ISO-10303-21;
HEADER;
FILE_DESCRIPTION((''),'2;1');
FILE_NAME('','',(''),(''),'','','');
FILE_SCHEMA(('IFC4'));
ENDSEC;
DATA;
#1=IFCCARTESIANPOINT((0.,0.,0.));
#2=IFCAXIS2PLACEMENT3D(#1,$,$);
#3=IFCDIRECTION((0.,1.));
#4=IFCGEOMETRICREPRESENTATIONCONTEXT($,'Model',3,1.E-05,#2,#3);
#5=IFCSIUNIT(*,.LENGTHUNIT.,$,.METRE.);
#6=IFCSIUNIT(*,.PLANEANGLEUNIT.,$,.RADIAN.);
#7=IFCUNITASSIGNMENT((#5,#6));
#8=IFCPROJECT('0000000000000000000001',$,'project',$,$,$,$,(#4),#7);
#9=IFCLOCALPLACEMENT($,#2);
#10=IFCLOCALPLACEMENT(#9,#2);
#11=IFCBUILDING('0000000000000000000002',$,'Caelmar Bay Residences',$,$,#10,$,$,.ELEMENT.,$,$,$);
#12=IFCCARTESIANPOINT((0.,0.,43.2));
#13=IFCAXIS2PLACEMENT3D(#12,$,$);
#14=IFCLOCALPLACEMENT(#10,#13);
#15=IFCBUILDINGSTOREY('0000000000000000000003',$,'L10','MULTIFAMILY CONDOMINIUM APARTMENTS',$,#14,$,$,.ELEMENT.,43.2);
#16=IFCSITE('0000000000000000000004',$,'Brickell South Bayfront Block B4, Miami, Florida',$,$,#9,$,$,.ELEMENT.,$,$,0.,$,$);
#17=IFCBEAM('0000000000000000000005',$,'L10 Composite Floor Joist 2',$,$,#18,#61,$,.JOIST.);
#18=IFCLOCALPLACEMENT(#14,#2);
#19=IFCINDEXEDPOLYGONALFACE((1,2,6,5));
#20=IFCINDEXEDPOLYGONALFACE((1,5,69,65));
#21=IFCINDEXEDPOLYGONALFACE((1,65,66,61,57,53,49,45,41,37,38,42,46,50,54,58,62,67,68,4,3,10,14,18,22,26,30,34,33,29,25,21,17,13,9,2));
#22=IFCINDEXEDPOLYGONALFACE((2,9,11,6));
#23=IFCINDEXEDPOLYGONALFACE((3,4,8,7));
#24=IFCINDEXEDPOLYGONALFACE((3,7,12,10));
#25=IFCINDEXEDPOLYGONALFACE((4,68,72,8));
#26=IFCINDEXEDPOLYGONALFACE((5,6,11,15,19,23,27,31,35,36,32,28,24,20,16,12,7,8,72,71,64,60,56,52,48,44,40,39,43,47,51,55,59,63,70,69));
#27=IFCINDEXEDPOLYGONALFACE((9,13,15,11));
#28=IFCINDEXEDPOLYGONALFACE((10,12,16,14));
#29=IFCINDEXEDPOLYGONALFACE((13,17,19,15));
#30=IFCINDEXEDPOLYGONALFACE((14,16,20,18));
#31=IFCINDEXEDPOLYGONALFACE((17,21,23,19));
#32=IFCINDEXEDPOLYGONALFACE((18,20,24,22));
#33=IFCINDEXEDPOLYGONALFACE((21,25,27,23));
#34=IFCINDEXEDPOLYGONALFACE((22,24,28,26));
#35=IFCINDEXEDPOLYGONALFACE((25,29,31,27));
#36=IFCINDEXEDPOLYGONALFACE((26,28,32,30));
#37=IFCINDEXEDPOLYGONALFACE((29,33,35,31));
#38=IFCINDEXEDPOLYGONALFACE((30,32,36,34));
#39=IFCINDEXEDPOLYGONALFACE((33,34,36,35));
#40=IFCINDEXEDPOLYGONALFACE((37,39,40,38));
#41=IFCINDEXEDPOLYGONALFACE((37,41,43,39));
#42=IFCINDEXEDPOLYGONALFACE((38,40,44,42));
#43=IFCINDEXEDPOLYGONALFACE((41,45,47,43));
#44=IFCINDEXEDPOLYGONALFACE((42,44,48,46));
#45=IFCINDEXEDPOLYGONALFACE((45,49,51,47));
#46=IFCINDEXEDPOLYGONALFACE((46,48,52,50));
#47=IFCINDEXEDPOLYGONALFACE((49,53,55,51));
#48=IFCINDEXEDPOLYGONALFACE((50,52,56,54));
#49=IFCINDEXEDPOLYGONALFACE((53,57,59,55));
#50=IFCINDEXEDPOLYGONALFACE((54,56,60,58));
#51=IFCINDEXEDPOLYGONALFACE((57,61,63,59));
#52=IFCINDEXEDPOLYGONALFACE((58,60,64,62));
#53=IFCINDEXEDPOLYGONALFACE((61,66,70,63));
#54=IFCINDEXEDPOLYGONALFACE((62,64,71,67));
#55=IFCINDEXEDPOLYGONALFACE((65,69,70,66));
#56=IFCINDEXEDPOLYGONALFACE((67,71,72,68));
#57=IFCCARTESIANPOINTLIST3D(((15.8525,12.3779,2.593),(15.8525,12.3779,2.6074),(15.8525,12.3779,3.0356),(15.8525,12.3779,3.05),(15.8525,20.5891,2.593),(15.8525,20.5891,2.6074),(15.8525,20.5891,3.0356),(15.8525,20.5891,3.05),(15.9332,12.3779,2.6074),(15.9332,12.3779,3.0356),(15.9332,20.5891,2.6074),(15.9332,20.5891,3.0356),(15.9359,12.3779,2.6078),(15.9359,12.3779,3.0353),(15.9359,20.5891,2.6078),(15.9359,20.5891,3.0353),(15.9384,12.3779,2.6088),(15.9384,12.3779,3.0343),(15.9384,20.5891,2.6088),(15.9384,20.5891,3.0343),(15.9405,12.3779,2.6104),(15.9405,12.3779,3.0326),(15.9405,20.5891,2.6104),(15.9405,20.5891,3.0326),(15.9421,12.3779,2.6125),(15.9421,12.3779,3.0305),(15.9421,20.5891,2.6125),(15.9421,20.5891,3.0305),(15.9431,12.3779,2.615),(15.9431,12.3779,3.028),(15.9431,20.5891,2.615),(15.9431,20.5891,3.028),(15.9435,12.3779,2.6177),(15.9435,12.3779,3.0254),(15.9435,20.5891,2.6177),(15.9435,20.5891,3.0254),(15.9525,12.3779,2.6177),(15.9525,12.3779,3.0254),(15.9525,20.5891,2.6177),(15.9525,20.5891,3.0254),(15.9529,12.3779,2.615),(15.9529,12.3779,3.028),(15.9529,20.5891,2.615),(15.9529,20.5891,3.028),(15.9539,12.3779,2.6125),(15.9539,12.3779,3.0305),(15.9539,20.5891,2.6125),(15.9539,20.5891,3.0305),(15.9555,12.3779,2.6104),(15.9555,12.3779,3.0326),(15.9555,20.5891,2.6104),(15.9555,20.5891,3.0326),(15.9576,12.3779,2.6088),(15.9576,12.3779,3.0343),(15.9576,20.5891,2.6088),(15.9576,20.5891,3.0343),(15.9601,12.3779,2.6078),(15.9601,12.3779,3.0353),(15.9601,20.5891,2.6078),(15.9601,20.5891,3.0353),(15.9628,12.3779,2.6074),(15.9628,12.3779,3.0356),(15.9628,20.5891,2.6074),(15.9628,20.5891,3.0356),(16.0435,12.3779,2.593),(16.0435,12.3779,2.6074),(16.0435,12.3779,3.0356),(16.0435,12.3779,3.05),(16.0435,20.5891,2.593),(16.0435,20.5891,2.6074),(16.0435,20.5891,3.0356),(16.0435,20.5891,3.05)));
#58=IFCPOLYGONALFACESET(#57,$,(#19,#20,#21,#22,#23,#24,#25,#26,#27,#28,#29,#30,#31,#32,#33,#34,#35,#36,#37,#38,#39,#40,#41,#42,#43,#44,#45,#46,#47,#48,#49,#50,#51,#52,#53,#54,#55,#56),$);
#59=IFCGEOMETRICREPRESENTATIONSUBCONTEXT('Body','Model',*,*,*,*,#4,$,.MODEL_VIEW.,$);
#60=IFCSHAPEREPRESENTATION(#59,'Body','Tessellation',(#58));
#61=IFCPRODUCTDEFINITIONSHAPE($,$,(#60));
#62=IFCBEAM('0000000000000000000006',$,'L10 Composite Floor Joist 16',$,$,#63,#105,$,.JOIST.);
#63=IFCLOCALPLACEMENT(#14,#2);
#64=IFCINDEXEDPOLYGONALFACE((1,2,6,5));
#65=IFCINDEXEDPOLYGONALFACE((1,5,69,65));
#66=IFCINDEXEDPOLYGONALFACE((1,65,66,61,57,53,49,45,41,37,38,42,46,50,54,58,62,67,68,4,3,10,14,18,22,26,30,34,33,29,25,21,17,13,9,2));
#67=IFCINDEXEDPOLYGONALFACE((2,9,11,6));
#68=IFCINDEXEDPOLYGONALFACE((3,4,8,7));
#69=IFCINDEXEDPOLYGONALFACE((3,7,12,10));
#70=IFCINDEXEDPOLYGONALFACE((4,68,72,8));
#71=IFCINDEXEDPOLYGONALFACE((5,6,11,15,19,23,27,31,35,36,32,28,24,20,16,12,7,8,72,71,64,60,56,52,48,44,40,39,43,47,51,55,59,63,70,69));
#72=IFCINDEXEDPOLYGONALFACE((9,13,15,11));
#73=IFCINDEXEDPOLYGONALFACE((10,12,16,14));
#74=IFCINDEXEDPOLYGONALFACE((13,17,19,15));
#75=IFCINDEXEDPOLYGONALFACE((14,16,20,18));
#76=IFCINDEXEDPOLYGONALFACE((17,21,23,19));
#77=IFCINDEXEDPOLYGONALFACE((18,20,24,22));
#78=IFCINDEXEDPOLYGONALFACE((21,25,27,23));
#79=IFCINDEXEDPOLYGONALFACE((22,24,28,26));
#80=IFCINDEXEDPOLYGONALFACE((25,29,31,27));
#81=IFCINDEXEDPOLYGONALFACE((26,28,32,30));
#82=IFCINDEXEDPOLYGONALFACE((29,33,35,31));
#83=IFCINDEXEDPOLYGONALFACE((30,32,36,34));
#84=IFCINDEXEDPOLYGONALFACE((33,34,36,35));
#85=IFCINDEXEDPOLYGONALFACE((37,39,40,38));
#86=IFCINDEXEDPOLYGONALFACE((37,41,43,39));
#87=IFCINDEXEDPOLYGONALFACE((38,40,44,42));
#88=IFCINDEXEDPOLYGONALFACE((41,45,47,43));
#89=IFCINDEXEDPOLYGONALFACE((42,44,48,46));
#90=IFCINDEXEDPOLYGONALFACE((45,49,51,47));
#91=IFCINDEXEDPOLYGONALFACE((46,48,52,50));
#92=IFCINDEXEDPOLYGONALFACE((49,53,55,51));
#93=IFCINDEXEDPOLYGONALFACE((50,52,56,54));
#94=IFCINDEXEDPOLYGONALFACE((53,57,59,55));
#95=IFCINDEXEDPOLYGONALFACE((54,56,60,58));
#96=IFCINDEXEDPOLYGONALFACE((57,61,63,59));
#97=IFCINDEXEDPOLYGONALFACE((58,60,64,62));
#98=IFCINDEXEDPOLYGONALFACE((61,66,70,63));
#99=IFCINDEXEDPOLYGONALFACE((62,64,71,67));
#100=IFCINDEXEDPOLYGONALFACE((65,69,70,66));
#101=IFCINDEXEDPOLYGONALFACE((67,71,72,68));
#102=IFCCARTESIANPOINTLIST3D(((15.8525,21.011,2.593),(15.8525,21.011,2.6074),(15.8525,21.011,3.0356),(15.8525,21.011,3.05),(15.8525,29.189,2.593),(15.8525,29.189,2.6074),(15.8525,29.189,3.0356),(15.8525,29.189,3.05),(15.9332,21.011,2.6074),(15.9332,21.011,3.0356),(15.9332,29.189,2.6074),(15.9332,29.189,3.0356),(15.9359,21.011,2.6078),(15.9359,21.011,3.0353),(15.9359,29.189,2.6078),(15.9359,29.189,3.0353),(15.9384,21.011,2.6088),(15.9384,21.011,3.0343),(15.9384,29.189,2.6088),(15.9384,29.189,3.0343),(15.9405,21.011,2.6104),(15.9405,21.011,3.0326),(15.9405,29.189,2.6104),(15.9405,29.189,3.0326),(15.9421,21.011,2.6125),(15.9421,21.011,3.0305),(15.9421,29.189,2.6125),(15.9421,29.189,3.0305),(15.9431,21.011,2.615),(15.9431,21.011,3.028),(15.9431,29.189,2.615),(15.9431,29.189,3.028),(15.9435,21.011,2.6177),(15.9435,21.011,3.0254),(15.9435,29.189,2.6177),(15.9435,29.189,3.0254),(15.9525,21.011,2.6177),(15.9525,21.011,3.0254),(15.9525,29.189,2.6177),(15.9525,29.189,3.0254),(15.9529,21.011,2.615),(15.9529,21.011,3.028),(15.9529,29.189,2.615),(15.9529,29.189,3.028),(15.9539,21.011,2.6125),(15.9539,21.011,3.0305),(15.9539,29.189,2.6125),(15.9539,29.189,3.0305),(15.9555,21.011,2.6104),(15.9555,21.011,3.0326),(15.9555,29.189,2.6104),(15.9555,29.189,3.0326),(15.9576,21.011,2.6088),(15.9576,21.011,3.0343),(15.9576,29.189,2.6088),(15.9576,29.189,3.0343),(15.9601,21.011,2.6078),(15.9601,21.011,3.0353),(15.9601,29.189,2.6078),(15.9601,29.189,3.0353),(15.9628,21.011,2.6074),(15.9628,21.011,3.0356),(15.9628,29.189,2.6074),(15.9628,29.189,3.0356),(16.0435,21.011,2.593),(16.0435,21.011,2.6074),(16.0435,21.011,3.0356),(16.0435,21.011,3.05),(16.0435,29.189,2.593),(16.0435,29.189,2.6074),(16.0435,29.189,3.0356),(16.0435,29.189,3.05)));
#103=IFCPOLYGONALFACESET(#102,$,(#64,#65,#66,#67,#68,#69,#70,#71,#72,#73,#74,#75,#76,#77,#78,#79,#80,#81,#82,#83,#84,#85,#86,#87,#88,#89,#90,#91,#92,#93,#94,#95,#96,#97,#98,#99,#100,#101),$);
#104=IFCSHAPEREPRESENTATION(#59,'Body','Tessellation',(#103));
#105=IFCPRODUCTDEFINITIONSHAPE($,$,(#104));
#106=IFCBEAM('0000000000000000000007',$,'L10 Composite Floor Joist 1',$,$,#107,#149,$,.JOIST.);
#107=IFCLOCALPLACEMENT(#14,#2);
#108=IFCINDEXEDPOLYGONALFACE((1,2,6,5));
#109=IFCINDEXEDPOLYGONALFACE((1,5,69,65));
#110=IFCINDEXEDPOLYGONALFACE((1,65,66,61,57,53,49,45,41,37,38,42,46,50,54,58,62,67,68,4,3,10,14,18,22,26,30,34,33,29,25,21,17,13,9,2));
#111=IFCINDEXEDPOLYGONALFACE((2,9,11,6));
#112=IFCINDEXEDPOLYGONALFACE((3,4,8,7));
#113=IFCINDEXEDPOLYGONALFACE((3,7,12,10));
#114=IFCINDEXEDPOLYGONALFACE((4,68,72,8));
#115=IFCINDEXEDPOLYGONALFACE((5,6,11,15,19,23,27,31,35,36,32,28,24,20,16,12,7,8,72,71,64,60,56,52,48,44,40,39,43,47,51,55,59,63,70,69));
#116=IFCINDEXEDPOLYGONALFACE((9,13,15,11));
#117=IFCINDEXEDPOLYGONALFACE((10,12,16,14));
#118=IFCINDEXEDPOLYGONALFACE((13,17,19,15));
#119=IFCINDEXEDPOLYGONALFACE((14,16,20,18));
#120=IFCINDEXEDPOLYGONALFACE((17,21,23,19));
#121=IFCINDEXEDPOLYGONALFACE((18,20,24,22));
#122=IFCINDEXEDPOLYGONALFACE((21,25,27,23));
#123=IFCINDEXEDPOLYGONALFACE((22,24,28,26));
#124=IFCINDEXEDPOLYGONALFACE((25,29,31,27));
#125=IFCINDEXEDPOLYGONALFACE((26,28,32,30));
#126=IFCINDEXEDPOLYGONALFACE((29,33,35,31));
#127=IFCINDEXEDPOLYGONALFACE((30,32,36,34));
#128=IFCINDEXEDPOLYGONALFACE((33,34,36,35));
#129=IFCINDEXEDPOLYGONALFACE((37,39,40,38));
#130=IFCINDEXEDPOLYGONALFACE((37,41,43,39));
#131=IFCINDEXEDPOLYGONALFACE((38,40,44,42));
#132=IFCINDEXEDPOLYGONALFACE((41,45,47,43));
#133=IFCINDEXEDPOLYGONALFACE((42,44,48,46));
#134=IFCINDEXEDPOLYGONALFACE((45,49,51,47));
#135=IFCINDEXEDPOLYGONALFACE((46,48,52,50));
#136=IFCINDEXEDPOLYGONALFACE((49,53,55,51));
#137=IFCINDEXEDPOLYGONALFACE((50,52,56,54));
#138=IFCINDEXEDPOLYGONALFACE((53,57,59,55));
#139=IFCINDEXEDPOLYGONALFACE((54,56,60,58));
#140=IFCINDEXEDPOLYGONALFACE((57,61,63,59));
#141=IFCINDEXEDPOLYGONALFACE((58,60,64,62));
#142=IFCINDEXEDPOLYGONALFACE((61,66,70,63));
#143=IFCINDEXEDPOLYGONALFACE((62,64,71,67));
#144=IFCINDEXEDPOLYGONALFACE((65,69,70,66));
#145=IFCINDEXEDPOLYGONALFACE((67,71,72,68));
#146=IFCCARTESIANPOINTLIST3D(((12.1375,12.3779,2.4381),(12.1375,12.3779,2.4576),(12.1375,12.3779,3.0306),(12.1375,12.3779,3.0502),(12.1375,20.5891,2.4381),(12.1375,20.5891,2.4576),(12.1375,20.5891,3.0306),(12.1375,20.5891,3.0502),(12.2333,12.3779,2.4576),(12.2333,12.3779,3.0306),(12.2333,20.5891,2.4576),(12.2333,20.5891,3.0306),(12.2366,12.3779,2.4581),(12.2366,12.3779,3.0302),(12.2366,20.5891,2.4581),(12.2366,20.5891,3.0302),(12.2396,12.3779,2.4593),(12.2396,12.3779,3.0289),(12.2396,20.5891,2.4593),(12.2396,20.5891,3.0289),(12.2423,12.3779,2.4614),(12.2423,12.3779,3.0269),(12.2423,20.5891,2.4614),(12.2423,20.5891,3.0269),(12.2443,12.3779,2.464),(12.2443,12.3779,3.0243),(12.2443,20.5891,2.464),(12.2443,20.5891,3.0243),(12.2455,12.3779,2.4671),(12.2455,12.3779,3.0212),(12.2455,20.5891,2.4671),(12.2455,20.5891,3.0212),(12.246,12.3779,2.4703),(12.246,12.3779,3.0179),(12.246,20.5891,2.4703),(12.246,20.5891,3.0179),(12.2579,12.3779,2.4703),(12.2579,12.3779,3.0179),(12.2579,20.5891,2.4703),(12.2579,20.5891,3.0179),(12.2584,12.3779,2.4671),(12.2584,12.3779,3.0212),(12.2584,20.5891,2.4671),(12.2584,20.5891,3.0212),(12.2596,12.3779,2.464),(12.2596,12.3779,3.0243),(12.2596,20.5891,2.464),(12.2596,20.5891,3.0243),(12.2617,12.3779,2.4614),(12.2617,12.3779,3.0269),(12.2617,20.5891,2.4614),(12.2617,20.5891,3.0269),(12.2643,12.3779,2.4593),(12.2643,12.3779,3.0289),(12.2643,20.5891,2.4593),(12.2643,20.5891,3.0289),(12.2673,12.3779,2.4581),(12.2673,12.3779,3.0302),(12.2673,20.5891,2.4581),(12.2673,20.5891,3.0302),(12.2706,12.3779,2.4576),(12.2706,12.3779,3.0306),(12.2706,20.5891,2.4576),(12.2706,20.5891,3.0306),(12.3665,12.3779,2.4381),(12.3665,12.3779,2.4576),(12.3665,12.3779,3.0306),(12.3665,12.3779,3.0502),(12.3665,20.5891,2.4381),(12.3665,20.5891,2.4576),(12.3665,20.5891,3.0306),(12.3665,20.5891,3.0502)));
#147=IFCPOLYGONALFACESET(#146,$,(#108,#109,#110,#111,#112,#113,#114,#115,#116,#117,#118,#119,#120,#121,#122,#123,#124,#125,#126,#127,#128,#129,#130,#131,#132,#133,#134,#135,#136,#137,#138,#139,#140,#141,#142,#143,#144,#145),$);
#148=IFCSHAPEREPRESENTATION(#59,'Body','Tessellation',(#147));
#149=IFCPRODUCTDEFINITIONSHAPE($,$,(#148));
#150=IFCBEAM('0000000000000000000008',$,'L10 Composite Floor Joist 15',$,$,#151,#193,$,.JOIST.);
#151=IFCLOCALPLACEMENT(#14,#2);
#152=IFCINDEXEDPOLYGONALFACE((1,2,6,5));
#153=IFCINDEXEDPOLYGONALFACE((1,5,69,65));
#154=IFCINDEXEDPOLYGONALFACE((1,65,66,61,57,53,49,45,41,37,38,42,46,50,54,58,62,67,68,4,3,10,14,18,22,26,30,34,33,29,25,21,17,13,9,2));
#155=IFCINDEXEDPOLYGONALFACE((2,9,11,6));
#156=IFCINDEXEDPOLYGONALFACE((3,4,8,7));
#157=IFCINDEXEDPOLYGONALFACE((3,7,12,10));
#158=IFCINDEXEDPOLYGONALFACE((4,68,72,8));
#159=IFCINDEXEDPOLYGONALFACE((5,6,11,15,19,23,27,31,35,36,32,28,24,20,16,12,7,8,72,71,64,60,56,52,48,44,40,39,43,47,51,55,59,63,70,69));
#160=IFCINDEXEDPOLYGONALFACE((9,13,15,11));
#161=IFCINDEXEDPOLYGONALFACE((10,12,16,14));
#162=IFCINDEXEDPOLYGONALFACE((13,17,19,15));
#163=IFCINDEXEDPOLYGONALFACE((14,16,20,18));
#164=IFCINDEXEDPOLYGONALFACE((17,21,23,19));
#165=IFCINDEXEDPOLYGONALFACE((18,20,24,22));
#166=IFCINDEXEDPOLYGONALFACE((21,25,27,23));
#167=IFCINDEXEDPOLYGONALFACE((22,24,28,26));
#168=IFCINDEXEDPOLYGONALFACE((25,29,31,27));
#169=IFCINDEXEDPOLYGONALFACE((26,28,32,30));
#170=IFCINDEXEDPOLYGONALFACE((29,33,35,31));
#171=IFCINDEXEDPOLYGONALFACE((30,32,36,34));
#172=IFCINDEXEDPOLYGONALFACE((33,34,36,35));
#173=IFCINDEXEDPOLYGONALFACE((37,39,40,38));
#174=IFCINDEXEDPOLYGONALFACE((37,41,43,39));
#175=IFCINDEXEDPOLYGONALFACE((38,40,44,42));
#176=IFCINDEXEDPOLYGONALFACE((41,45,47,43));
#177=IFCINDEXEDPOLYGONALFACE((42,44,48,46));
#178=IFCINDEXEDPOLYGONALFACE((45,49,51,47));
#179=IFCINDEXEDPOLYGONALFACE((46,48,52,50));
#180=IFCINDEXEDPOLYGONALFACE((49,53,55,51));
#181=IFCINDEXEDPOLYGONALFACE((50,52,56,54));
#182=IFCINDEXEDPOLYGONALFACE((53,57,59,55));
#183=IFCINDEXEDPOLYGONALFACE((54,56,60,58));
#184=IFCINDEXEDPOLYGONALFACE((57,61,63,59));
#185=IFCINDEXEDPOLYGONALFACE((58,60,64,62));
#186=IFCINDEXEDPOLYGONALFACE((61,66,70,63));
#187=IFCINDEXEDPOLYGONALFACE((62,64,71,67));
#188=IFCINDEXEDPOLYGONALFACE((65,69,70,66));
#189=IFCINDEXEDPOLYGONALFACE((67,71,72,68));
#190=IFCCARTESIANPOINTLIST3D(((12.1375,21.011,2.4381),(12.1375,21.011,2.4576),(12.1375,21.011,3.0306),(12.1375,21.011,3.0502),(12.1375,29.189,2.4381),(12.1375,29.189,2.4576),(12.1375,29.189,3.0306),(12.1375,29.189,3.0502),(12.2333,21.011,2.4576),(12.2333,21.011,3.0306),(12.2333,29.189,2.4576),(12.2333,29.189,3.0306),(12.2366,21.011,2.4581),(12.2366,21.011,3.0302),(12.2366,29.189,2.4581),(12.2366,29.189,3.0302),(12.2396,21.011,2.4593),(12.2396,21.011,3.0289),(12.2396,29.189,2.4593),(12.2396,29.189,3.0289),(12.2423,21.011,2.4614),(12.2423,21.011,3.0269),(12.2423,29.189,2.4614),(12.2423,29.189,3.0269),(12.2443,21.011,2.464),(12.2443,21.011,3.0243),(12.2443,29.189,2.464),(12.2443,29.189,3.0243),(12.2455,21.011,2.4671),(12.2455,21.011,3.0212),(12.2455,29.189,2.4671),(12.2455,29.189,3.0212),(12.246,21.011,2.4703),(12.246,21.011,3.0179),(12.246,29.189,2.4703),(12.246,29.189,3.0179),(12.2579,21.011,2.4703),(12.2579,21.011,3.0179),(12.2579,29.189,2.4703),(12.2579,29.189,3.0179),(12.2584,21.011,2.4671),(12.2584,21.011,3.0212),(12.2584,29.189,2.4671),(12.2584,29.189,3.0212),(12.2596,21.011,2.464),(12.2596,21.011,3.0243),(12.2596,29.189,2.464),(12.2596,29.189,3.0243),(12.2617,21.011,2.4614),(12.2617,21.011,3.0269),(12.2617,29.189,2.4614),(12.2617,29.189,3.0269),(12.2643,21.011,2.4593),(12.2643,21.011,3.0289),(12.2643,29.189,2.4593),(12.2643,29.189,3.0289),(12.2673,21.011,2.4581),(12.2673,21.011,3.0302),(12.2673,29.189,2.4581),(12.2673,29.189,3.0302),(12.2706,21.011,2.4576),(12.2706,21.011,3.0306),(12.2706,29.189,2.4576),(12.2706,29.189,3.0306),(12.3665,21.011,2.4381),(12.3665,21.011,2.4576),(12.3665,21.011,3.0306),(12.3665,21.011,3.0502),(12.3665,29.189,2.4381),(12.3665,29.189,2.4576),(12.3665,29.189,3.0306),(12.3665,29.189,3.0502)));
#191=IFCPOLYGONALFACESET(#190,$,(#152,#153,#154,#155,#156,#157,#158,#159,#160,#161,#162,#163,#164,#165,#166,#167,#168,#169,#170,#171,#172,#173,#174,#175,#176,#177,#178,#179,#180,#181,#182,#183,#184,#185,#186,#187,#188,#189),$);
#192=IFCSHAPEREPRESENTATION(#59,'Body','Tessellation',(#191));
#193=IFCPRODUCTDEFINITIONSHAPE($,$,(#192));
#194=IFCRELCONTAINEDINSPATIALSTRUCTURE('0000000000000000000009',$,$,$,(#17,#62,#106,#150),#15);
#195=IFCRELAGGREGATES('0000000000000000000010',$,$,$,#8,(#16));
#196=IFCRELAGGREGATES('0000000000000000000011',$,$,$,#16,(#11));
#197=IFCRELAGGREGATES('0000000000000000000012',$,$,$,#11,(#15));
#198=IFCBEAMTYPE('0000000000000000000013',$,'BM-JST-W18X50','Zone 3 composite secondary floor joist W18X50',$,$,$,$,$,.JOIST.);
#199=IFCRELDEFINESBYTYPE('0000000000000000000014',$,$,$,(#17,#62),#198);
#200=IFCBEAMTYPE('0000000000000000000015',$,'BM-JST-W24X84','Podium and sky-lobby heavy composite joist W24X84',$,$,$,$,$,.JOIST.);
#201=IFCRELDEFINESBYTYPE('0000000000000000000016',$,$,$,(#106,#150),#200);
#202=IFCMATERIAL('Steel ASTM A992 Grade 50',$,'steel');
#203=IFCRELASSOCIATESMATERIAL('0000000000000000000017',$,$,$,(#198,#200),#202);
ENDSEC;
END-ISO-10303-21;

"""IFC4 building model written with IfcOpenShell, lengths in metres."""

from ifc_helpers import new_model, si_unit, direction, frame, origin, origin_2d, place, context, subcontext, project, spatial, i_section, extrude, material, material_profile, profile_set, type_object, element, save


model = new_model("IFC4")

# Units and contexts
model_context = context("Model", 3, precision=1e-05, world=origin(), true_north=direction((0.0, 1.0)))
body_context = subcontext(model_context, "Body", "Model", "MODEL_VIEW")
ifc_project = project(units=[si_unit("LENGTHUNIT", "METRE"), si_unit("PLANEANGLEUNIT", "RADIAN")], contexts=[model_context])

# Site, building, storey
site_placement = place(None, origin())
site = spatial("IfcSite", under=ifc_project, at=site_placement, Name="Brickell South Bayfront Block B4, Miami, Florida", CompositionType="ELEMENT", RefElevation=0.0)
building_placement = place(site_placement, origin())
building = spatial("IfcBuilding", under=site, at=building_placement, Name="Caelmar Bay Residences", CompositionType="ELEMENT")
storey_placement = place(building_placement, frame((0.0, 0.0, 43.2)))
storey = spatial("IfcBuildingStorey", under=building, at=storey_placement, Name="L10", Description="MULTIFAMILY CONDOMINIUM APARTMENTS", CompositionType="ELEMENT", Elevation=43.2)

# Beams
ifc_material_1 = material(Name="Steel ASTM A992 Grade 50", Category="steel")
ifc_material_profile_1 = material_profile(ifc_material_1, i_section(OverallWidth=0.1909, OverallDepth=0.457, WebThickness=0.009, FlangeThickness=0.0144, FilletRadius=0.0103, at=origin_2d()), Name="W18X50")
ifc_profile_set_1 = profile_set([ifc_material_profile_1], Name="Steel ASTM A992 Grade 50")
beam_type_1 = type_object("IfcBeamType", Name="BM-JST-W18X50", Description="Zone 3 composite secondary floor joist W18X50", PredefinedType="JOIST", material=ifc_profile_set_1)
beam_1_placement = place(storey_placement, frame((15.948, 12.3779, 2.8215), z_axis=(0.0, 1.0, 0.0), x_axis=(-1.0, 0.0, 0.0)))
element("IfcBeam", 1, at=beam_1_placement, inside=storey, type_object=beam_type_1, Name="L10 Composite Floor Joist 2", PredefinedType="JOIST", context=body_context, shape_type="SweptSolid", body=[
    extrude(i_section(OverallWidth=0.1909, OverallDepth=0.457, WebThickness=0.009, FlangeThickness=0.0144, FilletRadius=0.0103, at=origin_2d()), origin(), (0.0, 0.0, 1.0), 8.2112),
])
beam_2_placement = place(storey_placement, frame((15.948, 21.011, 2.8215), z_axis=(0.0, 1.0, 0.0), x_axis=(-1.0, 0.0, 0.0)))
element("IfcBeam", 2, at=beam_2_placement, inside=storey, type_object=beam_type_1, Name="L10 Composite Floor Joist 16", PredefinedType="JOIST", context=body_context, shape_type="SweptSolid", body=[
    extrude(i_section(OverallWidth=0.1909, OverallDepth=0.457, WebThickness=0.009, FlangeThickness=0.0144, FilletRadius=0.0103, at=origin_2d()), origin(), (0.0, 0.0, 1.0), 8.178),
])
ifc_material_profile_2 = material_profile(ifc_material_1, i_section(OverallWidth=0.229, OverallDepth=0.6121, WebThickness=0.012, FlangeThickness=0.0195, FilletRadius=0.0127, at=origin_2d()), Name="W24X84")
ifc_profile_set_2 = profile_set([ifc_material_profile_2], Name="Steel ASTM A992 Grade 50")
beam_type_2 = type_object("IfcBeamType", Name="BM-JST-W24X84", Description="Podium and sky-lobby heavy composite joist W24X84", PredefinedType="JOIST", material=ifc_profile_set_2)
beam_3_placement = place(storey_placement, frame((12.252, 12.3779, 2.7441), z_axis=(0.0, 1.0, 0.0), x_axis=(-1.0, 0.0, 0.0)))
element("IfcBeam", 3, at=beam_3_placement, inside=storey, type_object=beam_type_2, Name="L10 Composite Floor Joist 1", PredefinedType="JOIST", context=body_context, shape_type="SweptSolid", body=[
    extrude(i_section(OverallWidth=0.229, OverallDepth=0.6121, WebThickness=0.012, FlangeThickness=0.0195, FilletRadius=0.0127, at=origin_2d()), origin(), (0.0, 0.0, 1.0), 8.2112),
])
beam_4_placement = place(storey_placement, frame((12.252, 21.011, 2.7441), z_axis=(0.0, 1.0, 0.0), x_axis=(-1.0, 0.0, 0.0)))
element("IfcBeam", 4, at=beam_4_placement, inside=storey, type_object=beam_type_2, Name="L10 Composite Floor Joist 15", PredefinedType="JOIST", context=body_context, shape_type="SweptSolid", body=[
    extrude(i_section(OverallWidth=0.229, OverallDepth=0.6121, WebThickness=0.012, FlangeThickness=0.0195, FilletRadius=0.0127, at=origin_2d()), origin(), (0.0, 0.0, 1.0), 8.178),
])

save(model, "model.ifc")
